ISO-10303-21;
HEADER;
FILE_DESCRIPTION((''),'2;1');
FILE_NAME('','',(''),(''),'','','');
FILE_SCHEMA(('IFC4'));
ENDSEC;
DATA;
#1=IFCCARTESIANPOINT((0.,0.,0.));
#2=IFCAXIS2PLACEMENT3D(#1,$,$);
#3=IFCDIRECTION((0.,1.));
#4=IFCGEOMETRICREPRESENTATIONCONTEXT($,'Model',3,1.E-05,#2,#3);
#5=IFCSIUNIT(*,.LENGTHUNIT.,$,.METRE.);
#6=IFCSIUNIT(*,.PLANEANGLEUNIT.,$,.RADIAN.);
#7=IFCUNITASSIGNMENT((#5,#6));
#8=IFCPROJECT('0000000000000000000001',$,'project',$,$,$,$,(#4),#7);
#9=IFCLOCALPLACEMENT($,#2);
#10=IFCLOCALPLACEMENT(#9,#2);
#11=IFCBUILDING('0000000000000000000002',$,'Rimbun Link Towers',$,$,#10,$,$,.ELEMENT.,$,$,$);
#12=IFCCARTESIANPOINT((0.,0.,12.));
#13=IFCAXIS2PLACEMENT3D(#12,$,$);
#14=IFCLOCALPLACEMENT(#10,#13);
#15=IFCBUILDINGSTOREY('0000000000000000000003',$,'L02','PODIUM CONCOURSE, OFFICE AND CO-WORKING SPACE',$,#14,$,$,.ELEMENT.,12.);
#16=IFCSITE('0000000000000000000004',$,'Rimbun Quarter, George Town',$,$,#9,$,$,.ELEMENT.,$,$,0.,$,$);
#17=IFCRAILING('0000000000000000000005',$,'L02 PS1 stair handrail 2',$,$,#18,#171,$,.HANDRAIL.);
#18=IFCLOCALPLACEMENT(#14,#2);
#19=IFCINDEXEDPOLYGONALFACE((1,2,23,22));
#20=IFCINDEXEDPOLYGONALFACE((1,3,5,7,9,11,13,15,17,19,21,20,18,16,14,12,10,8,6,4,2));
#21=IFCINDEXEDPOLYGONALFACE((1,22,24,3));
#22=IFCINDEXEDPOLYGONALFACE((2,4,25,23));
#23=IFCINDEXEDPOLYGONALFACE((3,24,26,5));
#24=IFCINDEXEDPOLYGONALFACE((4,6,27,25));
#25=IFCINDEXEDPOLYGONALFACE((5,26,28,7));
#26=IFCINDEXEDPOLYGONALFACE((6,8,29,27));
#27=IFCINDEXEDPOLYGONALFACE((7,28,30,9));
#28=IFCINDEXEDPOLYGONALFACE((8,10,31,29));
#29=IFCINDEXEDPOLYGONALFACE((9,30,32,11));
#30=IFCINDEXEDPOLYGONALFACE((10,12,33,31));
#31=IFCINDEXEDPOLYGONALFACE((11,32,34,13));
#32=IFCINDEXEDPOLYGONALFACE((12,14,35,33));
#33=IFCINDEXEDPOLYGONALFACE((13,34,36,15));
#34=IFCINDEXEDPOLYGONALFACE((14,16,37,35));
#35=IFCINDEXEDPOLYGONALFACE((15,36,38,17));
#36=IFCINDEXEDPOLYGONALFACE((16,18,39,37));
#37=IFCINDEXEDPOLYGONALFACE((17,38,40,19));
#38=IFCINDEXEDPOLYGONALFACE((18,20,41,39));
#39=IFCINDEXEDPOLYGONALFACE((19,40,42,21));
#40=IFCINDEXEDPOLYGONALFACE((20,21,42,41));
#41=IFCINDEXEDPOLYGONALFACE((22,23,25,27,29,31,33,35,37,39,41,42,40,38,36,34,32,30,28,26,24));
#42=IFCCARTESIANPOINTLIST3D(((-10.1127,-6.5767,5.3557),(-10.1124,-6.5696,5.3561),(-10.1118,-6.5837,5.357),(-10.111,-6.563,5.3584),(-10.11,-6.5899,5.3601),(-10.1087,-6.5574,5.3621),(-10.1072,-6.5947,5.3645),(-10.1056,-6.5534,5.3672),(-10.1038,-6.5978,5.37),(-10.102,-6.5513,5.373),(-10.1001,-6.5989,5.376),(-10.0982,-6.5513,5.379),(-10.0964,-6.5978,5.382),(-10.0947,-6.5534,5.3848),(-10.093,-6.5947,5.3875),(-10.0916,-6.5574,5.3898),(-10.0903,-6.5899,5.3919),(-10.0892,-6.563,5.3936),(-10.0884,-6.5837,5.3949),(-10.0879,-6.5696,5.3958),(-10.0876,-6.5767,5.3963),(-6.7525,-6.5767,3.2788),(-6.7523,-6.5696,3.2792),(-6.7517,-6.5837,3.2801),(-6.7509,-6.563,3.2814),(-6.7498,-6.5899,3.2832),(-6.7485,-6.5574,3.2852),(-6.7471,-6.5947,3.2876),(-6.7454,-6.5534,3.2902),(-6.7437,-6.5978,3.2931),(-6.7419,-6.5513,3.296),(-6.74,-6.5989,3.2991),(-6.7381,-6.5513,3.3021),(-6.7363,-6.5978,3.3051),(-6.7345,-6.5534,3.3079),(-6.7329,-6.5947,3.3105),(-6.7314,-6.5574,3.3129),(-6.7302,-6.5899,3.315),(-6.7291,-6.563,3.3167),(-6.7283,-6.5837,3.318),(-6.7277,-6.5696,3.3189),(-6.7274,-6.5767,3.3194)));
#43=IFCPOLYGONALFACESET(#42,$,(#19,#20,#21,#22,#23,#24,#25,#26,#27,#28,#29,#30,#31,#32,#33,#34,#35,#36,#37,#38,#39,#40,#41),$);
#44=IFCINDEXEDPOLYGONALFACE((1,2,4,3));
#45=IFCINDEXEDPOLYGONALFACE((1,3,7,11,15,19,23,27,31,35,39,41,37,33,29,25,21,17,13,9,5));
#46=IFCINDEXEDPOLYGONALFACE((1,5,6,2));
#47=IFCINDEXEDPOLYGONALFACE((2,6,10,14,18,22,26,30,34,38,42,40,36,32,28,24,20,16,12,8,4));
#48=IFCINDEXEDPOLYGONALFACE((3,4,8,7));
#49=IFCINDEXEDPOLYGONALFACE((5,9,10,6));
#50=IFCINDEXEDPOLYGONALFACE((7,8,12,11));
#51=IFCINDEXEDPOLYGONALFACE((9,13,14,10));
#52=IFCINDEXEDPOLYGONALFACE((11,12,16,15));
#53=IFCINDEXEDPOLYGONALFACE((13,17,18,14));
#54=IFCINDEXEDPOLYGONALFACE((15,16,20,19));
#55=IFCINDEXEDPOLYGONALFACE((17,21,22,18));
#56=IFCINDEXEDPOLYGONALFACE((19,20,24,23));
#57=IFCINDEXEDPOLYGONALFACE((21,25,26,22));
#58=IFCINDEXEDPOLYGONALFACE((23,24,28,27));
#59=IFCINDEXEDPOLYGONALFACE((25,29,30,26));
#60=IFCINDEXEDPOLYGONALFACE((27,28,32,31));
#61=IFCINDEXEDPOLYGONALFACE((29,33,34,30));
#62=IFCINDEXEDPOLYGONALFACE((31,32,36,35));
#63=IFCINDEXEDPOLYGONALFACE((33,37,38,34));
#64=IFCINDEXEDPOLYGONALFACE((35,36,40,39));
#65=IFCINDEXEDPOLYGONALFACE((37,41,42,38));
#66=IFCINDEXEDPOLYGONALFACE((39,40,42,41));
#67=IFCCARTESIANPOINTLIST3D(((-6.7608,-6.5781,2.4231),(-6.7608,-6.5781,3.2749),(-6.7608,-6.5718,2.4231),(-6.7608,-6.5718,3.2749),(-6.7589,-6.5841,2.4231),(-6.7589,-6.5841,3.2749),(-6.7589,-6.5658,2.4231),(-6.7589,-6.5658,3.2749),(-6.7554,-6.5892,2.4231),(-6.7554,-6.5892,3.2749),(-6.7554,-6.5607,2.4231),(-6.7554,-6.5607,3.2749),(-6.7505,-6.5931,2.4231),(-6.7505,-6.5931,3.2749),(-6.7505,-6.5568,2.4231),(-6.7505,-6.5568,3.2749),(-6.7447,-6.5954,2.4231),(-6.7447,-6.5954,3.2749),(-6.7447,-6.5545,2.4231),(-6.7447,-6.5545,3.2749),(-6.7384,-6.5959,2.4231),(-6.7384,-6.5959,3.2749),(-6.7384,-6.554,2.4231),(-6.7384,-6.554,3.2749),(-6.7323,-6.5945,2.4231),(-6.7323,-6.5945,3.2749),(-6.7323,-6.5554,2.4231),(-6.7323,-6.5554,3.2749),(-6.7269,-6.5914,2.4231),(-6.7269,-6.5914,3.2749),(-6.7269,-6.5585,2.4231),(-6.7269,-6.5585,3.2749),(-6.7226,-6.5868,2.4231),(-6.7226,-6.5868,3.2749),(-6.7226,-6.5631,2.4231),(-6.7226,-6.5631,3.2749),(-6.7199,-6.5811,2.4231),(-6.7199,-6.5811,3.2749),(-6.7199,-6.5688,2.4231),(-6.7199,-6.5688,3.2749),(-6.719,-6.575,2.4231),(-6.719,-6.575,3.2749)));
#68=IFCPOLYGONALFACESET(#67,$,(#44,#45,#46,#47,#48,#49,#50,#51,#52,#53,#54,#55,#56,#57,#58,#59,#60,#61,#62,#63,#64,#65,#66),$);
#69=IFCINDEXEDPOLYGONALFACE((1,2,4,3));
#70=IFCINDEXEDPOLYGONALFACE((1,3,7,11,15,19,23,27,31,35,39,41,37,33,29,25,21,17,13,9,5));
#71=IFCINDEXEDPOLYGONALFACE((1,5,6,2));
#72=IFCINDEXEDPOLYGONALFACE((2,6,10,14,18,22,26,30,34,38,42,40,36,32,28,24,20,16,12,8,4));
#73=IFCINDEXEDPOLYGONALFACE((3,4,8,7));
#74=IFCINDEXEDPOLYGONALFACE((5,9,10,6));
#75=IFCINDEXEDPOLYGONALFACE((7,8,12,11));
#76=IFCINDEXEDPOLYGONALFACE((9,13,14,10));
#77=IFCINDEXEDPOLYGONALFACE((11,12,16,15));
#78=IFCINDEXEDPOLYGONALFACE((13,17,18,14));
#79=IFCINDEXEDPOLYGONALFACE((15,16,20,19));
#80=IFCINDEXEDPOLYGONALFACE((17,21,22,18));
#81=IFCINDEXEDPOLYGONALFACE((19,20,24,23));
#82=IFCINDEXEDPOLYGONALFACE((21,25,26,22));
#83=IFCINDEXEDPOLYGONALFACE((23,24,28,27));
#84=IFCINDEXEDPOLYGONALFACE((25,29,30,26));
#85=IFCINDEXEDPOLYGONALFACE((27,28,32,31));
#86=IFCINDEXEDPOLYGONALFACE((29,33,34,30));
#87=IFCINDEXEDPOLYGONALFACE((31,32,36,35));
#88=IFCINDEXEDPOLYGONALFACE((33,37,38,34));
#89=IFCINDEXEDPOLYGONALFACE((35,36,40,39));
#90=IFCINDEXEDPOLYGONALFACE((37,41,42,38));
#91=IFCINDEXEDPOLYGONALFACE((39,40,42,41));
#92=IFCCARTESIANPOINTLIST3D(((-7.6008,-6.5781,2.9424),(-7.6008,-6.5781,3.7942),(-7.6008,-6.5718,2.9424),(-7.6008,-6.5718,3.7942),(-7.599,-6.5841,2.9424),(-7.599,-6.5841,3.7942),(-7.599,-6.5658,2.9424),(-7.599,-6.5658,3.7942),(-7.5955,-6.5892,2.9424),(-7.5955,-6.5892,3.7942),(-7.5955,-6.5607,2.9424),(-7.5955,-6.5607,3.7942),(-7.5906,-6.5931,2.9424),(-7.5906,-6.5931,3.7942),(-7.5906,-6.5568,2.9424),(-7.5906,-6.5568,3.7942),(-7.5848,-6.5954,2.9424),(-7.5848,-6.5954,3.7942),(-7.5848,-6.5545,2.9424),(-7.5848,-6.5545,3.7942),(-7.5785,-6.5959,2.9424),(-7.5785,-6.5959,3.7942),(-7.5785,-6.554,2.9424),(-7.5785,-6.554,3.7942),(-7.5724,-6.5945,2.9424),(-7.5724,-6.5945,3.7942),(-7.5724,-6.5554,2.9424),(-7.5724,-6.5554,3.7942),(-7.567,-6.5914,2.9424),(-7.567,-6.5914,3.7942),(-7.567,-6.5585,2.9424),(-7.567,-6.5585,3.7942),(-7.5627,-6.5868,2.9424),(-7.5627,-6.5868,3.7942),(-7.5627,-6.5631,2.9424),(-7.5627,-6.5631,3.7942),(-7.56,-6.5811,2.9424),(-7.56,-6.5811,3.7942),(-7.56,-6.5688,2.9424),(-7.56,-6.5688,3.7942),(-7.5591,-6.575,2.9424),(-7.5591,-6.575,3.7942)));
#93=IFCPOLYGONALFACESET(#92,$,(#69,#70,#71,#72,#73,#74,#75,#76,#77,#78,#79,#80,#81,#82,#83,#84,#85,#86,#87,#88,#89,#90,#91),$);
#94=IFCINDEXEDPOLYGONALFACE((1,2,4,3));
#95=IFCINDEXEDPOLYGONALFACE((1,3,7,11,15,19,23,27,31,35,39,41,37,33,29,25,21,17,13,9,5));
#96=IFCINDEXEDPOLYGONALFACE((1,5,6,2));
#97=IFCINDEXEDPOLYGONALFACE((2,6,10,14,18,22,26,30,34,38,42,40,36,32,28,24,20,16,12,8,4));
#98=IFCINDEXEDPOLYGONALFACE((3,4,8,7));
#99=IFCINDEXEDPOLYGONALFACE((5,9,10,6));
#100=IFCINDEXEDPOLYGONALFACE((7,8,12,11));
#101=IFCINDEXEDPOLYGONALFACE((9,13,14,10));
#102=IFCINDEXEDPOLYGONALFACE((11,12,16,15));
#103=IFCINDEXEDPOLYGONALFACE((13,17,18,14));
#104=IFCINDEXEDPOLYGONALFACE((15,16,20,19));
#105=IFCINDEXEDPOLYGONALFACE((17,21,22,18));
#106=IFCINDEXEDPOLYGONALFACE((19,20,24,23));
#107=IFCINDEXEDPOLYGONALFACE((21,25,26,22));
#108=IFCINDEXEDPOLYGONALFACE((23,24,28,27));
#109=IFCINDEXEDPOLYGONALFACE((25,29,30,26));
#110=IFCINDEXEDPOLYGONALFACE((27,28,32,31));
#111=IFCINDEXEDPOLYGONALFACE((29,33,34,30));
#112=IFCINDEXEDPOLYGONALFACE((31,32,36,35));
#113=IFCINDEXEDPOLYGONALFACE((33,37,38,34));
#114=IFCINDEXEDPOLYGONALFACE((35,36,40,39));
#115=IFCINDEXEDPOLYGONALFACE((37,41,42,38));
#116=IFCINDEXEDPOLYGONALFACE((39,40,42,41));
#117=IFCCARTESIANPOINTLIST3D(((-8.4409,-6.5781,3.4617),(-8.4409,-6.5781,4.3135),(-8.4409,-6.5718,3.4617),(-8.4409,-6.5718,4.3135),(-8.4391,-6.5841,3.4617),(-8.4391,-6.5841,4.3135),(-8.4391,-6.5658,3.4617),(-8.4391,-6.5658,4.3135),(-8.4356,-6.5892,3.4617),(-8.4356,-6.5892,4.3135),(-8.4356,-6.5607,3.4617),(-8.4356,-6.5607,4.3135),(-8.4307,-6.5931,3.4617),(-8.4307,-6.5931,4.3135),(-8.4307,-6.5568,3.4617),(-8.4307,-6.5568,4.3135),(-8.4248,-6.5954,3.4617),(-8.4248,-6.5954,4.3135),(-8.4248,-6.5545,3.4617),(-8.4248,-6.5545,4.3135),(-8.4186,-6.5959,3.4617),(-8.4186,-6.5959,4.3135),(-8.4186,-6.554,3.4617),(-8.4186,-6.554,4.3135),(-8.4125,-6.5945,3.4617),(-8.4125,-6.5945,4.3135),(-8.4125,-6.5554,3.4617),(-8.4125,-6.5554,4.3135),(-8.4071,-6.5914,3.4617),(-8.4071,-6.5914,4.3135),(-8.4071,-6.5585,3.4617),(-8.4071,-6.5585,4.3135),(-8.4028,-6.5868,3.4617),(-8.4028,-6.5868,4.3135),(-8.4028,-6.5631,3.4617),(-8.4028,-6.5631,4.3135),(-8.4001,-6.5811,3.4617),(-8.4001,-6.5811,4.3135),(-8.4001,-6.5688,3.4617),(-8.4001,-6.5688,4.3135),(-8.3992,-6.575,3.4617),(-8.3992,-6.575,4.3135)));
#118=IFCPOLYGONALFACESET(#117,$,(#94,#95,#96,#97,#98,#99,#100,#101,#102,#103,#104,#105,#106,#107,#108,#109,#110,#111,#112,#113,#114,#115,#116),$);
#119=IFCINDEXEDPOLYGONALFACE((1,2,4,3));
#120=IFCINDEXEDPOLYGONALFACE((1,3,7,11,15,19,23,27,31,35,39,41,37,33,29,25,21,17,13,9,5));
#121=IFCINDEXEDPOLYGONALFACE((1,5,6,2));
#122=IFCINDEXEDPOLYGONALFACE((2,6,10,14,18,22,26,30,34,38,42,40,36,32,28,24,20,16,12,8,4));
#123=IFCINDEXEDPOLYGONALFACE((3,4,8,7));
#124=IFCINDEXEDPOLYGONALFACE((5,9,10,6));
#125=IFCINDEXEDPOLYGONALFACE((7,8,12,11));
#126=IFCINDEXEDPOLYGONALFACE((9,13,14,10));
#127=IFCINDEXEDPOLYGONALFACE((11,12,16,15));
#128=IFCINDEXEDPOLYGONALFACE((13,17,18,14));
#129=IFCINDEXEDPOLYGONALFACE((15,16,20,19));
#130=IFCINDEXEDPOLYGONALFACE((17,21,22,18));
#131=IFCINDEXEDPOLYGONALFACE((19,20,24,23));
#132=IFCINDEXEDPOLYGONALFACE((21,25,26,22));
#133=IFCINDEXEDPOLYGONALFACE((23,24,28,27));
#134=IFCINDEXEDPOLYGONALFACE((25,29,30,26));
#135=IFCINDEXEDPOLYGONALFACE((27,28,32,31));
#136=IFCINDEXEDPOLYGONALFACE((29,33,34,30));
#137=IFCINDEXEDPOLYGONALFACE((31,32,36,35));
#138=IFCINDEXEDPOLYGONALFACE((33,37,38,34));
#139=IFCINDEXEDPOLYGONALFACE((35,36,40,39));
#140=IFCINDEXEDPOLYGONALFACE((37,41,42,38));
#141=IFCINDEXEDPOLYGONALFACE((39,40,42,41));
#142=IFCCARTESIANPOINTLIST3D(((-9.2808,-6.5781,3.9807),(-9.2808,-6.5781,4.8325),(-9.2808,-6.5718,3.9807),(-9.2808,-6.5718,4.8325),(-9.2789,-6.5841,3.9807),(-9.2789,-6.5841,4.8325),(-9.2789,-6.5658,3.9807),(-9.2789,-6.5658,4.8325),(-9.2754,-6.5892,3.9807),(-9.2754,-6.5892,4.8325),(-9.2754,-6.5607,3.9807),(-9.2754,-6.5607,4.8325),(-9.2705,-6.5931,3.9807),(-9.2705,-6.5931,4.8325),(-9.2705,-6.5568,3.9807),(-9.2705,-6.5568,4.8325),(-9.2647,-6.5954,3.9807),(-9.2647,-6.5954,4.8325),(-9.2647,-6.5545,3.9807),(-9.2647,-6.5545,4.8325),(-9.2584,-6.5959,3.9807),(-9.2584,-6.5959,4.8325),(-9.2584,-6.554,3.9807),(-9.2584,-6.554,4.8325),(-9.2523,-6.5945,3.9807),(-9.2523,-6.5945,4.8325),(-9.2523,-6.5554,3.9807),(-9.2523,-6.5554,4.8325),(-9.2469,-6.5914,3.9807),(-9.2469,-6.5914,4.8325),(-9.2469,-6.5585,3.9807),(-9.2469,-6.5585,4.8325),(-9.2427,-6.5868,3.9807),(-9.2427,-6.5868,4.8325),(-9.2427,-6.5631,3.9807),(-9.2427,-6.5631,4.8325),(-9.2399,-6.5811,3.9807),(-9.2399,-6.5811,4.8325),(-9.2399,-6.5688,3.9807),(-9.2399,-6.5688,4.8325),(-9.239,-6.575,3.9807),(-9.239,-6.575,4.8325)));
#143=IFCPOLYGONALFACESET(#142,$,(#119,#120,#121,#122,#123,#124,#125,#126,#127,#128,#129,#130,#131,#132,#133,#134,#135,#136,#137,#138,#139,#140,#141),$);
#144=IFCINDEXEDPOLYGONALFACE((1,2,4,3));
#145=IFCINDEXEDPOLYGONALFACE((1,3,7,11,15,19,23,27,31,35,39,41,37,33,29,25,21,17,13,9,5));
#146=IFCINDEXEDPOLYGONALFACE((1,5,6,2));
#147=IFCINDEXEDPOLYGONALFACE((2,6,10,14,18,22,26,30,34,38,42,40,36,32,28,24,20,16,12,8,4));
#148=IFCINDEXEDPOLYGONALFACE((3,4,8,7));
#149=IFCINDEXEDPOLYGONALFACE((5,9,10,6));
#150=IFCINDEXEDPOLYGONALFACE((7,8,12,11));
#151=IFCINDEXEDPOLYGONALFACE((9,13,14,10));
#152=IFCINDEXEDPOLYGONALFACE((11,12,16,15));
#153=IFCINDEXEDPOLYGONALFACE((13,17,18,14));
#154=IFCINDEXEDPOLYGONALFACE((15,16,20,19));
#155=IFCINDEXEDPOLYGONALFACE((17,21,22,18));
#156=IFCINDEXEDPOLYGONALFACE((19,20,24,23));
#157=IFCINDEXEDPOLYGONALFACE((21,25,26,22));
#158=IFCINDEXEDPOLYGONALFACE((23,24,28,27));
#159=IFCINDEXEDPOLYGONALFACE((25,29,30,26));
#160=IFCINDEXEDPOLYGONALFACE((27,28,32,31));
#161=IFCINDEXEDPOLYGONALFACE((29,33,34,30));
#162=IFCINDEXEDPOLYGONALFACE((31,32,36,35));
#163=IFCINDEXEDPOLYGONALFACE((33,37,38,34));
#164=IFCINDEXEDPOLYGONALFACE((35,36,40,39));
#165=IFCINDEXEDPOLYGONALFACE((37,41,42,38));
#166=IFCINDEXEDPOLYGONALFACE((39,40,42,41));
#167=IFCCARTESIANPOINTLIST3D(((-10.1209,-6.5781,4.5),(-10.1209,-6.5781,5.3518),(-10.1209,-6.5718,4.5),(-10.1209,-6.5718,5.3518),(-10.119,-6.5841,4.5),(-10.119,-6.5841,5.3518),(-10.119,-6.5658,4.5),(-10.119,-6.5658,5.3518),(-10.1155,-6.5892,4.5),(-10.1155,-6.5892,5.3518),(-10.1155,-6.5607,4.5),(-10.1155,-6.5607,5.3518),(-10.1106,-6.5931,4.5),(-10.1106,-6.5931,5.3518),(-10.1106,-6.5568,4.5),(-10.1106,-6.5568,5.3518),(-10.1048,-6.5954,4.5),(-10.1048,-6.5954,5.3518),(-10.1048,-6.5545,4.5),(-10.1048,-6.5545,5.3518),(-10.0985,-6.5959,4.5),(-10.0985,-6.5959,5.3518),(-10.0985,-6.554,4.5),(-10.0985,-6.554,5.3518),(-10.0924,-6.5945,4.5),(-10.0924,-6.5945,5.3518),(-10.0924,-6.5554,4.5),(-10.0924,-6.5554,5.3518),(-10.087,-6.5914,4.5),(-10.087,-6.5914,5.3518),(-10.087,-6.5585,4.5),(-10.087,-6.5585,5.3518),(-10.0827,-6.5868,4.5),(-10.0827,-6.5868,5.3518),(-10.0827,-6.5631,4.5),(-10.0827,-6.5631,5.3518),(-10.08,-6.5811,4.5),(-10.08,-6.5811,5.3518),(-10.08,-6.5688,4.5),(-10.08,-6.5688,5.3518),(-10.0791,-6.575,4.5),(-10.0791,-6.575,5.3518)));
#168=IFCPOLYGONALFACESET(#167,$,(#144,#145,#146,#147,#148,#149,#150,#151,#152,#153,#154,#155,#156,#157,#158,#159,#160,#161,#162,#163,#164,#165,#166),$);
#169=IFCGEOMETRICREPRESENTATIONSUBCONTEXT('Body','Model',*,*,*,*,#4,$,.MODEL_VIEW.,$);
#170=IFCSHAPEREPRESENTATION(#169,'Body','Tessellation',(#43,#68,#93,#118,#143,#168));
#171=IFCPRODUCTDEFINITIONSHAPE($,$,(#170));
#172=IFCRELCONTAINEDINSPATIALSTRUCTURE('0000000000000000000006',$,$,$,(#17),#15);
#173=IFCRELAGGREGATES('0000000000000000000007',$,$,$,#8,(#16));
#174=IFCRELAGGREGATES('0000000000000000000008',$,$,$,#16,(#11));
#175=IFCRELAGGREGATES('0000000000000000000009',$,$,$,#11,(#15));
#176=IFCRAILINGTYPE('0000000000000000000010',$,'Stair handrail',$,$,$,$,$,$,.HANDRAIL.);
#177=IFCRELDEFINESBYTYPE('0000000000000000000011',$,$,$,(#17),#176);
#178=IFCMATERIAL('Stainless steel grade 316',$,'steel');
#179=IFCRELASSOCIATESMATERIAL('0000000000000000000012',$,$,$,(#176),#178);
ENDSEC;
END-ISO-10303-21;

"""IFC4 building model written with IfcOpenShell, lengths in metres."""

from ifc_helpers import new_model, si_unit, direction, frame, origin, origin_2d, place, context, subcontext, project, spatial, circle, extrude, material, type_object, element, save


model = new_model("IFC4")

# Units and contexts
model_context = context("Model", 3, precision=1e-05, world=origin(), true_north=direction((0.0, 1.0)))
body_context = subcontext(model_context, "Body", "Model", "MODEL_VIEW")
ifc_project = project(units=[si_unit("LENGTHUNIT", "METRE"), si_unit("PLANEANGLEUNIT", "RADIAN")], contexts=[model_context])

# Site, building, storey
site_placement = place(None, origin())
site = spatial("IfcSite", under=ifc_project, at=site_placement, Name="Rimbun Quarter, George Town", CompositionType="ELEMENT", RefElevation=0.0)
building_placement = place(site_placement, origin())
building = spatial("IfcBuilding", under=site, at=building_placement, Name="Rimbun Link Towers", CompositionType="ELEMENT")
storey_placement = place(building_placement, frame((0.0, 0.0, 12.0)))
storey = spatial("IfcBuildingStorey", under=building, at=storey_placement, Name="L02", Description="PODIUM CONCOURSE, OFFICE AND CO-WORKING SPACE", CompositionType="ELEMENT", Elevation=12.0)

# Railing
ifc_material_1 = material(Name="Stainless steel grade 316", Category="steel")
railing_type_1 = type_object("IfcRailingType", Name="Stair handrail", PredefinedType="HANDRAIL", material=ifc_material_1)
railing_1_placement = place(storey_placement, frame((-6.74, -6.575, 2.4231)))
element("IfcRailing", 1, at=railing_1_placement, inside=storey, type_object=railing_type_1, Name="L02 PS1 stair handrail 2", PredefinedType="HANDRAIL", context=body_context, shape_type="SweptSolid", body=[
    extrude(circle(Radius=0.0239, at=origin_2d()), frame((0.0, 0.0, 0.876), z_axis=(-0.850623, 0.0, 0.525776), x_axis=(0.0, -1.0, 0.0)), (0.0, 0.0, 1.0), 3.9502),
    extrude(circle(Radius=0.021, at=origin_2d()), origin(), (0.0, 0.0, 1.0), 0.8518),
    extrude(circle(Radius=0.021, at=origin_2d()), frame((-0.8401, 0.0, 0.5193)), (0.0, 0.0, 1.0), 0.8518),
    extrude(circle(Radius=0.021, at=origin_2d()), frame((-1.6802, 0.0, 1.0386)), (0.0, 0.0, 1.0), 0.8518),
    extrude(circle(Radius=0.021, at=origin_2d()), frame((-2.52, 0.0, 1.5576)), (0.0, 0.0, 1.0), 0.8518),
    extrude(circle(Radius=0.021, at=origin_2d()), frame((-3.3601, 0.0, 2.0769)), (0.0, 0.0, 1.0), 0.8518),
])

save(model, "model.ifc")
